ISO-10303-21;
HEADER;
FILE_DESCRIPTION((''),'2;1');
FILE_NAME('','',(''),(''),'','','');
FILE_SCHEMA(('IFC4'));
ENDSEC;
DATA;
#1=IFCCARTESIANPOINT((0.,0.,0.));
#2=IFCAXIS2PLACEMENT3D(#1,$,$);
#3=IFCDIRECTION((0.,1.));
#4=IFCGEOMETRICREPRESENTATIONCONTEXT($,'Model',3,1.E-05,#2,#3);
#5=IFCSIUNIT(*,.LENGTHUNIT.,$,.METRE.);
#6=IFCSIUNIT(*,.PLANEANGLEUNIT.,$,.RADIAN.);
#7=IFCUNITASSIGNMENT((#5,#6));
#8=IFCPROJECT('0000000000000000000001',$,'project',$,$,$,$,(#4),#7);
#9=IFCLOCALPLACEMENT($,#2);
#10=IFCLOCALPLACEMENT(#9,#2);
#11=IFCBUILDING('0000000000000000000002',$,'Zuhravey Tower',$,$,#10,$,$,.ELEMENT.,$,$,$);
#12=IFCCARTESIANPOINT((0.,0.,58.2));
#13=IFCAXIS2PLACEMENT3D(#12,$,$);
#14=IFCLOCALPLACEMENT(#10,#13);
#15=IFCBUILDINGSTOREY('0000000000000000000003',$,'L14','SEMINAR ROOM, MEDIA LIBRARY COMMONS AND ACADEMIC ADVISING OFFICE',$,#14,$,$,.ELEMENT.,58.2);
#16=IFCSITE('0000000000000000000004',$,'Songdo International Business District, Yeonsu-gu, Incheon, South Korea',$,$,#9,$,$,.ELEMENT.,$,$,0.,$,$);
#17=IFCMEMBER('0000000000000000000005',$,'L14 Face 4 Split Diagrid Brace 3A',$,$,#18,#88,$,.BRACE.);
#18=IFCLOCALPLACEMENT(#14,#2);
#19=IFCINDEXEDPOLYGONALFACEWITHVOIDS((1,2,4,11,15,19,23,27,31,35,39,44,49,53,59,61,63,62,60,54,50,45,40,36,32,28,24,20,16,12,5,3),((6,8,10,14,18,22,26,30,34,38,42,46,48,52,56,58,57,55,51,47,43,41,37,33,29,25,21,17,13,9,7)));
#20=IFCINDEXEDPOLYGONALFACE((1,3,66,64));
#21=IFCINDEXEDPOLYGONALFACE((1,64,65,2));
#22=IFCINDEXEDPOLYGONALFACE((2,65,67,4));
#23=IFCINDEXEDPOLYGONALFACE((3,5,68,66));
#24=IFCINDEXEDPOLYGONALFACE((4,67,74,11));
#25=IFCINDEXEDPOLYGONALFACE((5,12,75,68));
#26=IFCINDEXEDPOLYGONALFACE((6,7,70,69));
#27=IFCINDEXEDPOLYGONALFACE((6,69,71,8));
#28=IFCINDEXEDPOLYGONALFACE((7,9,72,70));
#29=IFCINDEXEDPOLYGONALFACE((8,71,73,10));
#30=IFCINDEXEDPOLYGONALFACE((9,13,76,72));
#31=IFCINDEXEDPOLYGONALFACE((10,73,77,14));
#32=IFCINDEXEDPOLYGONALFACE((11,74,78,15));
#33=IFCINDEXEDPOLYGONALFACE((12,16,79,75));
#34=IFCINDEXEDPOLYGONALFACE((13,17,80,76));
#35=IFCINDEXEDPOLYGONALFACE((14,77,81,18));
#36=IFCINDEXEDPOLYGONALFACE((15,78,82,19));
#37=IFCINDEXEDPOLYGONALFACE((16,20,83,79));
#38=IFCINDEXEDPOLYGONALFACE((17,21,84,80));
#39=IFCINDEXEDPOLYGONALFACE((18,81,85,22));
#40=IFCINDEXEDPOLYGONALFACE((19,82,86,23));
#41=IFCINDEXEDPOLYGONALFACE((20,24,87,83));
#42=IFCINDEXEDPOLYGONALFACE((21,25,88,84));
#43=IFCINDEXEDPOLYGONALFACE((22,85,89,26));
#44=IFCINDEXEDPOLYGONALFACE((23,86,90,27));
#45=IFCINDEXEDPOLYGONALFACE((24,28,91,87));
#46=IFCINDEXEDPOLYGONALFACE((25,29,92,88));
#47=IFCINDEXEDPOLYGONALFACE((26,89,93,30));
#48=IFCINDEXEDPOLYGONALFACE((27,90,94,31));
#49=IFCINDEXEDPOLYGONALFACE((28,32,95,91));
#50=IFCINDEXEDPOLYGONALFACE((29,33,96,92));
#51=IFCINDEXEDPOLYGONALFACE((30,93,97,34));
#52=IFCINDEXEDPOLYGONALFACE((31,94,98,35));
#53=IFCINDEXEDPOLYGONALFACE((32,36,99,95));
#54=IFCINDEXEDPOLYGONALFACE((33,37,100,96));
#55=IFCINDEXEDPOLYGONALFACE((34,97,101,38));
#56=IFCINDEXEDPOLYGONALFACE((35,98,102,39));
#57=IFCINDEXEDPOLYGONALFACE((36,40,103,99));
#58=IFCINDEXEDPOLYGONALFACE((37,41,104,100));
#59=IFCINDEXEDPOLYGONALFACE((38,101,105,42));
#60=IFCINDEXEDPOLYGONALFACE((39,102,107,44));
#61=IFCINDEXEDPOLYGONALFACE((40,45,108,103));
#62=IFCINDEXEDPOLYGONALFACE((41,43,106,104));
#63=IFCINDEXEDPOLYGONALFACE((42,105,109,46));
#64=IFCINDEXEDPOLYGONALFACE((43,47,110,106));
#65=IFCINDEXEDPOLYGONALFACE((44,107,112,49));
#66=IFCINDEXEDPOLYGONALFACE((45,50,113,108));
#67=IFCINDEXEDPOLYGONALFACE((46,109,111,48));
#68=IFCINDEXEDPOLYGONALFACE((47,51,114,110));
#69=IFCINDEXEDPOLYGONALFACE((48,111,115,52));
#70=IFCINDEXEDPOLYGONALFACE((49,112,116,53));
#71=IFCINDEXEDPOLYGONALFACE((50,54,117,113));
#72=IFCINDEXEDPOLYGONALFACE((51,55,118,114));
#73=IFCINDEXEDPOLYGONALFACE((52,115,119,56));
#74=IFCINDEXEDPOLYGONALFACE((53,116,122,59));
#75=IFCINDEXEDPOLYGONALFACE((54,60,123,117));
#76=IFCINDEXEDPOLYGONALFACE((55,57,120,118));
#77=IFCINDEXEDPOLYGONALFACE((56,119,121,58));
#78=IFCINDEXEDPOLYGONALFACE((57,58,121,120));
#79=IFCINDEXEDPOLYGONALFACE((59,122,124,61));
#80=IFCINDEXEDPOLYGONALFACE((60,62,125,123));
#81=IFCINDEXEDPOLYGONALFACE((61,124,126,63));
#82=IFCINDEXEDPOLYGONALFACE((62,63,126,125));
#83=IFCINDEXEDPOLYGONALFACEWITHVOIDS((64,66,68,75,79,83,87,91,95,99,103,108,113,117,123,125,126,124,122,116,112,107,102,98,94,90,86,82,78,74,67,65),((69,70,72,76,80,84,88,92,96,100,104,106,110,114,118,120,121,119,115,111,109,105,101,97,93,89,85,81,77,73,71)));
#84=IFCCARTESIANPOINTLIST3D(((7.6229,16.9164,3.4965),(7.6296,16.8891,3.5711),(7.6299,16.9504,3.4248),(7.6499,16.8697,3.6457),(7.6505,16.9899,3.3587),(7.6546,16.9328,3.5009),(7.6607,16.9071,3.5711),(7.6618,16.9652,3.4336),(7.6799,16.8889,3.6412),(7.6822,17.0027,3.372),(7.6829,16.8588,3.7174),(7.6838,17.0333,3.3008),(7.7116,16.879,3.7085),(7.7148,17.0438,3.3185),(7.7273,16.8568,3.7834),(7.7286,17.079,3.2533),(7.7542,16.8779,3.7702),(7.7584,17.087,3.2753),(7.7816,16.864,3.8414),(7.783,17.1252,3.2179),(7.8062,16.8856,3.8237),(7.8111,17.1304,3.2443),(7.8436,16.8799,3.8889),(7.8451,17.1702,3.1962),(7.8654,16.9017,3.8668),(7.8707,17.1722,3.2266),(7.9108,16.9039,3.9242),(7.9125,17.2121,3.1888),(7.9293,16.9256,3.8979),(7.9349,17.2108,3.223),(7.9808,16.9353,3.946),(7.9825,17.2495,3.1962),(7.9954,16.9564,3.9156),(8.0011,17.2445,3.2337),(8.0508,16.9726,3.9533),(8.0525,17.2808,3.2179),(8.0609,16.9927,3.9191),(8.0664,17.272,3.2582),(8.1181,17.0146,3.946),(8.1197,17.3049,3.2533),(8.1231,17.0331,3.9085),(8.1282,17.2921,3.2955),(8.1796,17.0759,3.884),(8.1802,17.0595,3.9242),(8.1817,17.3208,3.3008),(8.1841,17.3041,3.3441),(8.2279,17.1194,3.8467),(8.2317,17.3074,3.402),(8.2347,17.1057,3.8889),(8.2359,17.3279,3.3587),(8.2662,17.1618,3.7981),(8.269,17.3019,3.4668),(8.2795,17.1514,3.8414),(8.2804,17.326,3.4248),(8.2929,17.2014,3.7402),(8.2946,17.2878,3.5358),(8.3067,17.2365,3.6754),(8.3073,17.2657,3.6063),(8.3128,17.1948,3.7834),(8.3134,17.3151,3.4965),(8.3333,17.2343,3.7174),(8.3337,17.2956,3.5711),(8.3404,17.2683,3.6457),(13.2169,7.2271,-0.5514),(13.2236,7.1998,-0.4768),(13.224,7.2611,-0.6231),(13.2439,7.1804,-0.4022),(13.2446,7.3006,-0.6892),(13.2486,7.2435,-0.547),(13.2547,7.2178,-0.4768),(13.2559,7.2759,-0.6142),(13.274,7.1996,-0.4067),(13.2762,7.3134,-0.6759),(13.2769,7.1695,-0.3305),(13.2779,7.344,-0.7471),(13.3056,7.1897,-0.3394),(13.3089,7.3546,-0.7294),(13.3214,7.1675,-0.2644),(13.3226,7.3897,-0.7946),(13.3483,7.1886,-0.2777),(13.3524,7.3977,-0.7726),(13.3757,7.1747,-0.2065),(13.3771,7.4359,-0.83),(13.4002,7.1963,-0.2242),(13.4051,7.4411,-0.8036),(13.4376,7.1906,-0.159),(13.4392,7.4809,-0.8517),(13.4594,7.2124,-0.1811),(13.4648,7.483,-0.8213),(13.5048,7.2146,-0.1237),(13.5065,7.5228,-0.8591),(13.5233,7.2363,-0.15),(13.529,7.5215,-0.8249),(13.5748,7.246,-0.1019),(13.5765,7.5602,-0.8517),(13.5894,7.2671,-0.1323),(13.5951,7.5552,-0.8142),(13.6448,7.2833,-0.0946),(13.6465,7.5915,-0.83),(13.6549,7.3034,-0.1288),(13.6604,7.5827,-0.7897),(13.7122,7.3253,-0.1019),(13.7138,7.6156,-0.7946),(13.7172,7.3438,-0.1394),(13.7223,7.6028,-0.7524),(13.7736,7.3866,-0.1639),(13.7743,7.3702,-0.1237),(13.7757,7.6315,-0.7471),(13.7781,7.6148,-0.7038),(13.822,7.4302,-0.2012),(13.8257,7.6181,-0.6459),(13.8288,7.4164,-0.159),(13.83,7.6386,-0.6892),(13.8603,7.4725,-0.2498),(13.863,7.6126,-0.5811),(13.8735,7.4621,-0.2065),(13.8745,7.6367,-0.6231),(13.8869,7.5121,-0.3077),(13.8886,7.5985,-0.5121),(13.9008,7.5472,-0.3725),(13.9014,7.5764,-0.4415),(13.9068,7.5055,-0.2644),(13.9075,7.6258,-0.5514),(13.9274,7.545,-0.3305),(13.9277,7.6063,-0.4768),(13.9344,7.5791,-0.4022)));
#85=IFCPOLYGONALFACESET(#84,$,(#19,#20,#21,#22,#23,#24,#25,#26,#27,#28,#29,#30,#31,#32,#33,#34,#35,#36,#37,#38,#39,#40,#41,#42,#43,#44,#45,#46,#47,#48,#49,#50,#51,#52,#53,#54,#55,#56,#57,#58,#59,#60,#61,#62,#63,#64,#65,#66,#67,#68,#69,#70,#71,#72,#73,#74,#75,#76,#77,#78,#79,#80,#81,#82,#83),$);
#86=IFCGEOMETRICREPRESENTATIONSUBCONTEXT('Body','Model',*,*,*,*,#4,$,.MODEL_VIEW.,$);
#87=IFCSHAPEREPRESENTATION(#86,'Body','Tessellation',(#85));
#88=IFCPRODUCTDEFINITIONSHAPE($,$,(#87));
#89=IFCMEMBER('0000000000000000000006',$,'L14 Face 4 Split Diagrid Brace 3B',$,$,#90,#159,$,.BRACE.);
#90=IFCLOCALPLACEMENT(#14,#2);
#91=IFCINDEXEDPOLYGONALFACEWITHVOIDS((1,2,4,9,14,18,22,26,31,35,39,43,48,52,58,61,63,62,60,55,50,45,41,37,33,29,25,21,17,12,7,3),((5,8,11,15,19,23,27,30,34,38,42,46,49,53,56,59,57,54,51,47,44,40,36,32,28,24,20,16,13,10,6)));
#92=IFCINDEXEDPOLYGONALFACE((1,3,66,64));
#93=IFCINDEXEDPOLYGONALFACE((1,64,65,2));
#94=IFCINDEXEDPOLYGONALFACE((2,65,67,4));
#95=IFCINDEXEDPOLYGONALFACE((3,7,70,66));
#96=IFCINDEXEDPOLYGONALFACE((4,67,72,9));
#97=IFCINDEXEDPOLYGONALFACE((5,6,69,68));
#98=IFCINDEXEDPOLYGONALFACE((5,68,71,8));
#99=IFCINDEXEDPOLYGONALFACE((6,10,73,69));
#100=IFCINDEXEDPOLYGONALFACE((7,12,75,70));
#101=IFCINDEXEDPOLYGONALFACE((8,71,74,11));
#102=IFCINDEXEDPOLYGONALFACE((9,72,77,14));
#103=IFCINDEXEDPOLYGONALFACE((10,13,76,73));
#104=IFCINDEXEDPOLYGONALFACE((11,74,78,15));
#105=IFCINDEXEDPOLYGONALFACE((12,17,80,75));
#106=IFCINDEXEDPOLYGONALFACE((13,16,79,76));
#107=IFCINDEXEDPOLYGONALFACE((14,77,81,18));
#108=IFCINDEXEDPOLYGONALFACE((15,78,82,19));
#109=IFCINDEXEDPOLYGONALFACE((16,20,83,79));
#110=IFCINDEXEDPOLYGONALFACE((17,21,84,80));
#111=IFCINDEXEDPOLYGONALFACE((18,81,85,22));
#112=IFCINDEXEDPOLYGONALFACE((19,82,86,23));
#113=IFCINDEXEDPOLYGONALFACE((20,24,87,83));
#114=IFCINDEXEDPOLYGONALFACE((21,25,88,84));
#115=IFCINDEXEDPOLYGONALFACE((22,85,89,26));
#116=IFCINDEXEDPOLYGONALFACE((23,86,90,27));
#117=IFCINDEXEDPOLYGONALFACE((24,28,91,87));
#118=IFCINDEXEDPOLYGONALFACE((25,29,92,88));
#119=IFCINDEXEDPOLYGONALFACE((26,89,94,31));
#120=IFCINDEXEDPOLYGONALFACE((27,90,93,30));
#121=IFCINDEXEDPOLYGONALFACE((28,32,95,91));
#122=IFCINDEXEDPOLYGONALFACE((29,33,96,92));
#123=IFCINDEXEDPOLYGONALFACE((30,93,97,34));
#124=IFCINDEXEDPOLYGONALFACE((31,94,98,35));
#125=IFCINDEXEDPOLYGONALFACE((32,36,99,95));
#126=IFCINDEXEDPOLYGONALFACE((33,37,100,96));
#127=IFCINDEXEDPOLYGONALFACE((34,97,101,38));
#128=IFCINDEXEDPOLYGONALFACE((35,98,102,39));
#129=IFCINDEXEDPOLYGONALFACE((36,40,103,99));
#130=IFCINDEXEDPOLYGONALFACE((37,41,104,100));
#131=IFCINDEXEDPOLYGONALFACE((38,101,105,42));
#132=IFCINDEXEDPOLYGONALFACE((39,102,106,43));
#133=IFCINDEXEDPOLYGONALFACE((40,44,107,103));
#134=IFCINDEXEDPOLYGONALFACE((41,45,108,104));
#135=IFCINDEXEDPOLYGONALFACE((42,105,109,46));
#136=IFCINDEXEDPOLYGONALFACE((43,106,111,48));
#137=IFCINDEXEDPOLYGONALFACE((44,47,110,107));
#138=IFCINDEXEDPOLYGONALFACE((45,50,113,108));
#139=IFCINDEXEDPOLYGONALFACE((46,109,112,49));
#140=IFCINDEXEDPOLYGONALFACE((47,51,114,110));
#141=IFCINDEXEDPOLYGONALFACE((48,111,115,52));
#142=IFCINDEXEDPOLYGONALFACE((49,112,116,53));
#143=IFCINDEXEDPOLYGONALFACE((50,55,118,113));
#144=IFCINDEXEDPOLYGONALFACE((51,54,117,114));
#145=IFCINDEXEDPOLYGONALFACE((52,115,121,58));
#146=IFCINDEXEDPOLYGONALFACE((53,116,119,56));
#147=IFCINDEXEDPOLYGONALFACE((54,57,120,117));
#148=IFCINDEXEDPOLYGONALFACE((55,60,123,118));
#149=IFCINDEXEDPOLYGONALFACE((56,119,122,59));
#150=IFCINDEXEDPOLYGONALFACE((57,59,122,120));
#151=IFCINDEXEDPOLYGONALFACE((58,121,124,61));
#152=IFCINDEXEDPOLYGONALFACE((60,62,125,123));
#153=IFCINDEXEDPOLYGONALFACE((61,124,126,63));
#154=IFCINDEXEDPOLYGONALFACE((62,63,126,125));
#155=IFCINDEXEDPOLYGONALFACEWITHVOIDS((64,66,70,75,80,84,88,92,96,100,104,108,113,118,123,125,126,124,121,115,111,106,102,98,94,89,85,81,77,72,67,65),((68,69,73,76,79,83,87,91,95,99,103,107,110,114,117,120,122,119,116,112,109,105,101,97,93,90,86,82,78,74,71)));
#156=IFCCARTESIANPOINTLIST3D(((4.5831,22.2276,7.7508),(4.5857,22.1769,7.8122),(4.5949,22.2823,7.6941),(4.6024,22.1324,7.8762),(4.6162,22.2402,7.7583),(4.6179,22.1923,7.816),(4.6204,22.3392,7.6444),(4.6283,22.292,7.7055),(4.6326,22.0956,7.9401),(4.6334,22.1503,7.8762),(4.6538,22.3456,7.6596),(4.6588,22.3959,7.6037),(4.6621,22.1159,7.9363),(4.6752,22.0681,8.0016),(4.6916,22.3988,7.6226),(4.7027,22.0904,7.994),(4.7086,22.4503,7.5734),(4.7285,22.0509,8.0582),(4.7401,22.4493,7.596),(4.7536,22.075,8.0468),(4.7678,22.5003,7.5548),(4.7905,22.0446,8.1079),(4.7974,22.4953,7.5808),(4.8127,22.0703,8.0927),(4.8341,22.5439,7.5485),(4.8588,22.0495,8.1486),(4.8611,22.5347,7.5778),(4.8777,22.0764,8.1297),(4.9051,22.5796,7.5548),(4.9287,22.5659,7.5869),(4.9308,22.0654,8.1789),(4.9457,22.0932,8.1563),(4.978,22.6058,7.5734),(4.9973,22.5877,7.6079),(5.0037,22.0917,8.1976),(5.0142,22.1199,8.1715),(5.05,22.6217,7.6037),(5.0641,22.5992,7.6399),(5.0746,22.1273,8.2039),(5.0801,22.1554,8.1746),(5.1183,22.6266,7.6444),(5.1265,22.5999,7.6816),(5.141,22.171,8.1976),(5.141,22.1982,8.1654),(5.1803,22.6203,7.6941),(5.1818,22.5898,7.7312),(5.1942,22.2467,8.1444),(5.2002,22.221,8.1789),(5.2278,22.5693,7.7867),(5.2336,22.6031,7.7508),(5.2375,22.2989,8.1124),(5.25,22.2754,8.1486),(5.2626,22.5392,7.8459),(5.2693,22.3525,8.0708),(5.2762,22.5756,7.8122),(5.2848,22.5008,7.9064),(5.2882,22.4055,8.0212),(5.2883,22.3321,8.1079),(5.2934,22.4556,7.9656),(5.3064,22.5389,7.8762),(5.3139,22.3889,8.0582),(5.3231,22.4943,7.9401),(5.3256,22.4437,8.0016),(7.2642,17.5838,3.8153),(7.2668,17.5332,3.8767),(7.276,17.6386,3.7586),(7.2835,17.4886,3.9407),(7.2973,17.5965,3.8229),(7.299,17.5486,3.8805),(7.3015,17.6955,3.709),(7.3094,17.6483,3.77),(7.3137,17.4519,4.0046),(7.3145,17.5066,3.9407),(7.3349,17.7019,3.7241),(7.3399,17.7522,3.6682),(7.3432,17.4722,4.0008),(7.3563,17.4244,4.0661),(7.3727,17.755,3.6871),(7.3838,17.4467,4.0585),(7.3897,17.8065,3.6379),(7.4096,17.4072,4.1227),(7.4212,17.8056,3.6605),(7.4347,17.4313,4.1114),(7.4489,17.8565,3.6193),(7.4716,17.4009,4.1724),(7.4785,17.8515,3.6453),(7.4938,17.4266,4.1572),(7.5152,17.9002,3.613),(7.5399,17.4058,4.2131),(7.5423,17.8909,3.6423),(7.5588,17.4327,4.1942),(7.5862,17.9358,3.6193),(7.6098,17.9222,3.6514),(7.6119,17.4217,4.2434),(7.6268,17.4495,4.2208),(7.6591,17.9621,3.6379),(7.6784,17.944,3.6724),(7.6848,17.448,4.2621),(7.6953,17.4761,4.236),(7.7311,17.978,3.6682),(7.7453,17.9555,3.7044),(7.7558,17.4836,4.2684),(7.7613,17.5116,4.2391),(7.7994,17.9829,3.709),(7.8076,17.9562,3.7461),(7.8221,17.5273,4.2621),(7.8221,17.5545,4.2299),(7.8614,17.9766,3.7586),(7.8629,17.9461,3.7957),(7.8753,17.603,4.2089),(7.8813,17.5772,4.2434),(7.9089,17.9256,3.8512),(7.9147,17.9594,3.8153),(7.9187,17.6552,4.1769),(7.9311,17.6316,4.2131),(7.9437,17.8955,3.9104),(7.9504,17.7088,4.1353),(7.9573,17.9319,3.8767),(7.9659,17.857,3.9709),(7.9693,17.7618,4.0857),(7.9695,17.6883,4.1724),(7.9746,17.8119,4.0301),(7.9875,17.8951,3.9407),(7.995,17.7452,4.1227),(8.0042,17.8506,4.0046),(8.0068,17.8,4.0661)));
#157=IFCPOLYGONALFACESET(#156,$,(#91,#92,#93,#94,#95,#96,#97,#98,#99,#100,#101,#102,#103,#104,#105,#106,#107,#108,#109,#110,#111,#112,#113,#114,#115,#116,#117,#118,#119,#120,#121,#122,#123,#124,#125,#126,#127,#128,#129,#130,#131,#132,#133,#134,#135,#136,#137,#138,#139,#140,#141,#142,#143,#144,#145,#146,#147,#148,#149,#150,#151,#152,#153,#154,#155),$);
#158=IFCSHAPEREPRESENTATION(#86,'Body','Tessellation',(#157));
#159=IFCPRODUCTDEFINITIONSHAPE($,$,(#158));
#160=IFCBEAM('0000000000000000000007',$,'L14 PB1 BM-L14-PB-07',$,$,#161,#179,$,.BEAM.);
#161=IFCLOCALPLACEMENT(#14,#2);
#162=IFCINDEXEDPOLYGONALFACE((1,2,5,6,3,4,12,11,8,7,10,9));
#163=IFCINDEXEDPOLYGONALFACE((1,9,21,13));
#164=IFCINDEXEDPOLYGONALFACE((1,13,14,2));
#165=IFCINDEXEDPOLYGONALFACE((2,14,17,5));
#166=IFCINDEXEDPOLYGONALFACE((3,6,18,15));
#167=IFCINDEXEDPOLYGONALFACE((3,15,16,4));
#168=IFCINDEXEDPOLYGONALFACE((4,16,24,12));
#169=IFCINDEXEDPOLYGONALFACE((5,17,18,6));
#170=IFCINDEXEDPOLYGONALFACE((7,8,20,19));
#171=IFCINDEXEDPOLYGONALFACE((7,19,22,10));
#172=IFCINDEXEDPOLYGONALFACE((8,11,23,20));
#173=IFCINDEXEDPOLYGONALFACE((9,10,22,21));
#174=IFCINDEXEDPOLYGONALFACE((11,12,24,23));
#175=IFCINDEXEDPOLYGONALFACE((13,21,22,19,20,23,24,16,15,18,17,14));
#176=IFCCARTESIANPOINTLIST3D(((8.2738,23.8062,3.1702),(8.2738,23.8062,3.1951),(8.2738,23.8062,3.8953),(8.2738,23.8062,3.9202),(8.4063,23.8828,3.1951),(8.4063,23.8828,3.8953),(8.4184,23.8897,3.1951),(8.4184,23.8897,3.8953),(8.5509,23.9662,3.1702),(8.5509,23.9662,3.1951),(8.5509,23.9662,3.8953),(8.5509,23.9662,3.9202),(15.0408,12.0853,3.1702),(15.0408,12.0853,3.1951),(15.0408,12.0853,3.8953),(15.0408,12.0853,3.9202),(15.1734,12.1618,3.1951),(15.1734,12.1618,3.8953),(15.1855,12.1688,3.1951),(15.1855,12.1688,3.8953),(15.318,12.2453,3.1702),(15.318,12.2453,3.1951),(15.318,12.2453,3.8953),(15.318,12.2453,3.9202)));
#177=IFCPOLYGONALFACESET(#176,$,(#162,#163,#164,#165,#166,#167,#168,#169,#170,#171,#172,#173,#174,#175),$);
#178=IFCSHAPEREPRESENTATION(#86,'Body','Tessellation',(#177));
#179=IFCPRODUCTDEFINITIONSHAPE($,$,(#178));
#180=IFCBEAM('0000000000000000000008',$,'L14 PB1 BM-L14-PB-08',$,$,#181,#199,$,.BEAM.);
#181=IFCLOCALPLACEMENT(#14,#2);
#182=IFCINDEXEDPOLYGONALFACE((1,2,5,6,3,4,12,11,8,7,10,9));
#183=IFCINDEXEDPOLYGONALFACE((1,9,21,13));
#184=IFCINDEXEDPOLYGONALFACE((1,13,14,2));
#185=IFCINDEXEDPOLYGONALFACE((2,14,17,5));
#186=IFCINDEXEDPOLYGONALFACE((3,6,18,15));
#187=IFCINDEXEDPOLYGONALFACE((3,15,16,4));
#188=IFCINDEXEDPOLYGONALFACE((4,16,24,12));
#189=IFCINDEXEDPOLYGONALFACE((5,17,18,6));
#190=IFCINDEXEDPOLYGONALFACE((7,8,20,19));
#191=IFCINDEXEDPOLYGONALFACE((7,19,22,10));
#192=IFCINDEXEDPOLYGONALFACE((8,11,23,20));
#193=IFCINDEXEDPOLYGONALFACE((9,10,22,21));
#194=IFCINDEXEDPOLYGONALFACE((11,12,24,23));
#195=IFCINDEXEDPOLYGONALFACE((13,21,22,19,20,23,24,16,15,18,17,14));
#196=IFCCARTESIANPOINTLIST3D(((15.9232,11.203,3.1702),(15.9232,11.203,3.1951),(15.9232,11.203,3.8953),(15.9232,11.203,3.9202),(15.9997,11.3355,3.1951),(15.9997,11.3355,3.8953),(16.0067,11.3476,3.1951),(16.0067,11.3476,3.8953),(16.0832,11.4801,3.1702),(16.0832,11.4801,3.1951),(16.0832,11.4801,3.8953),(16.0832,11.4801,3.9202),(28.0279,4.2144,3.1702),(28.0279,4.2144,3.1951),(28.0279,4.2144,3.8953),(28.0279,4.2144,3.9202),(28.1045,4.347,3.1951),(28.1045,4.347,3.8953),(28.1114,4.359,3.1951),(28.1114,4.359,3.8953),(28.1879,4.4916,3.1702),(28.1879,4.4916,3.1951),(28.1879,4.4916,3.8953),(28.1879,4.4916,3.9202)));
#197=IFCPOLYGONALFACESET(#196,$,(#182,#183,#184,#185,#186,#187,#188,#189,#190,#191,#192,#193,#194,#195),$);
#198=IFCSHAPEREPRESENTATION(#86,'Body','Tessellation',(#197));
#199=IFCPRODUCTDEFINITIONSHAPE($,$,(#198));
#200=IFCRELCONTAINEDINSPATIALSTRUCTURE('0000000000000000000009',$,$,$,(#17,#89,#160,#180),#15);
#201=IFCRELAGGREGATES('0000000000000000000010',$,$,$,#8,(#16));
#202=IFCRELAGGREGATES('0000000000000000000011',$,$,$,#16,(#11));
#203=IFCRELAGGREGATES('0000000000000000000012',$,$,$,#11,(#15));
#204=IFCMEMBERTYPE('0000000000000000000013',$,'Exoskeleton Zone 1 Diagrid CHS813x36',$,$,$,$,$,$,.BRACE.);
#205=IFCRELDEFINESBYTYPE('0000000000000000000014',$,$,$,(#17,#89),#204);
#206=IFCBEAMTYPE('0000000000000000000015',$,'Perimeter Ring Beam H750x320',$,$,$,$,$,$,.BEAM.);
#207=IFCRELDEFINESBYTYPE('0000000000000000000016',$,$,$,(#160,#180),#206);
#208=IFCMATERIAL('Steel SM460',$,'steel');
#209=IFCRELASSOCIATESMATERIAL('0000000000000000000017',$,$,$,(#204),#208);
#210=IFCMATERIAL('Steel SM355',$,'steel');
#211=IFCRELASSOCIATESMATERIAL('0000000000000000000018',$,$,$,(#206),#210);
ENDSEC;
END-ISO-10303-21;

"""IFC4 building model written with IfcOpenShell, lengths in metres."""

from ifc_helpers import new_model, si_unit, direction, frame, origin, origin_2d, place, context, subcontext, project, spatial, hollow_circle, i_section, extrude, material, material_profile, profile_set, type_object, element, save


model = new_model("IFC4")

# Units and contexts
model_context = context("Model", 3, precision=1e-05, world=origin(), true_north=direction((0.0, 1.0)))
body_context = subcontext(model_context, "Body", "Model", "MODEL_VIEW")
ifc_project = project(units=[si_unit("LENGTHUNIT", "METRE"), si_unit("PLANEANGLEUNIT", "RADIAN")], contexts=[model_context])

# Site, building, storey
site_placement = place(None, origin())
site = spatial("IfcSite", under=ifc_project, at=site_placement, Name="Songdo International Business District, Yeonsu-gu, Incheon, South Korea", CompositionType="ELEMENT", RefElevation=0.0)
building_placement = place(site_placement, origin())
building = spatial("IfcBuilding", under=site, at=building_placement, Name="Zuhravey Tower", CompositionType="ELEMENT")
storey_placement = place(building_placement, frame((0.0, 0.0, 58.2)))
storey = spatial("IfcBuildingStorey", under=building, at=storey_placement, Name="L14", Description="SEMINAR ROOM, MEDIA LIBRARY COMMONS AND ACADEMIC ADVISING OFFICE", CompositionType="ELEMENT", Elevation=58.2)

# Members
ifc_material_1 = material(Name="Steel SM355", Category="steel")
ifc_material_2 = material(Name="Steel SM460", Category="steel")
ifc_material_profile_1 = material_profile(ifc_material_2, hollow_circle(Radius=0.4065, WallThickness=0.0359, at=origin_2d()), Name="CHS-812.8x36")
ifc_profile_set_1 = profile_set([ifc_material_profile_1], Name="Steel SM460")
member_type_1 = type_object("IfcMemberType", Name="Exoskeleton Zone 1 Diagrid CHS813x36", PredefinedType="BRACE", material=ifc_profile_set_1)
member_1_placement = place(storey_placement, frame((13.5757, 7.4031, -0.4768), z_axis=(-0.470169, 0.814367, 0.340217), x_axis=(-0.866028, -0.499995, 0.0)))
element("IfcMember", 1, at=member_1_placement, inside=storey, type_object=member_type_1, Name="L14 Face 4 Split Diagrid Brace 3A", PredefinedType="BRACE", context=body_context, shape_type="SweptSolid", body=[
    extrude(hollow_circle(Radius=0.4065, WallThickness=0.0359, at=origin_2d()), origin(), (0.0, 0.0, 1.0), 11.8979),
])
member_2_placement = place(storey_placement, frame((7.6355, 17.6919, 3.9407), z_axis=(-0.403092, 0.698162, 0.591681), x_axis=(-0.866021, -0.500008, 0.0)))
element("IfcMember", 2, at=member_2_placement, inside=storey, type_object=member_type_1, Name="L14 Face 4 Split Diagrid Brace 3B", PredefinedType="BRACE", context=body_context, shape_type="SweptSolid", body=[
    extrude(hollow_circle(Radius=0.4065, WallThickness=0.0359, at=origin_2d()), origin(), (0.0, 0.0, 1.0), 6.6514),
])

# Beams
ifc_material_profile_2 = material_profile(ifc_material_1, i_section(OverallWidth=0.3201, OverallDepth=0.75, WebThickness=0.0139, FlangeThickness=0.0249, at=origin_2d()), Name="H-750x320x14x25")
ifc_profile_set_2 = profile_set([ifc_material_profile_2], Name="Steel SM355")
beam_type_1 = type_object("IfcBeamType", Name="Perimeter Ring Beam H750x320", PredefinedType="BEAM", material=ifc_profile_set_2)
beam_1_placement = place(storey_placement, frame((8.4124, 23.8862, 3.5452), z_axis=(0.5, -0.866025, 0.0), x_axis=(0.866025, 0.5, 0.0)))
element("IfcBeam", 3, at=beam_1_placement, inside=storey, type_object=beam_type_1, Name="L14 PB1 BM-L14-PB-07", PredefinedType="BEAM", context=body_context, shape_type="SweptSolid", body=[
    extrude(i_section(OverallWidth=0.3201, OverallDepth=0.75, WebThickness=0.0139, FlangeThickness=0.0249, at=origin_2d()), origin(), (0.0, 0.0, 1.0), 13.5342),
])
beam_2_placement = place(storey_placement, frame((16.0032, 11.3416, 3.5452), z_axis=(0.86603, -0.499992, 0.0), x_axis=(0.499992, 0.86603, 0.0)))
element("IfcBeam", 4, at=beam_2_placement, inside=storey, type_object=beam_type_1, Name="L14 PB1 BM-L14-PB-08", PredefinedType="BEAM", context=body_context, shape_type="SweptSolid", body=[
    extrude(i_section(OverallWidth=0.3201, OverallDepth=0.75, WebThickness=0.0139, FlangeThickness=0.0249, at=origin_2d()), origin(), (0.0, 0.0, 1.0), 13.9773),
])

save(model, "model.ifc")
